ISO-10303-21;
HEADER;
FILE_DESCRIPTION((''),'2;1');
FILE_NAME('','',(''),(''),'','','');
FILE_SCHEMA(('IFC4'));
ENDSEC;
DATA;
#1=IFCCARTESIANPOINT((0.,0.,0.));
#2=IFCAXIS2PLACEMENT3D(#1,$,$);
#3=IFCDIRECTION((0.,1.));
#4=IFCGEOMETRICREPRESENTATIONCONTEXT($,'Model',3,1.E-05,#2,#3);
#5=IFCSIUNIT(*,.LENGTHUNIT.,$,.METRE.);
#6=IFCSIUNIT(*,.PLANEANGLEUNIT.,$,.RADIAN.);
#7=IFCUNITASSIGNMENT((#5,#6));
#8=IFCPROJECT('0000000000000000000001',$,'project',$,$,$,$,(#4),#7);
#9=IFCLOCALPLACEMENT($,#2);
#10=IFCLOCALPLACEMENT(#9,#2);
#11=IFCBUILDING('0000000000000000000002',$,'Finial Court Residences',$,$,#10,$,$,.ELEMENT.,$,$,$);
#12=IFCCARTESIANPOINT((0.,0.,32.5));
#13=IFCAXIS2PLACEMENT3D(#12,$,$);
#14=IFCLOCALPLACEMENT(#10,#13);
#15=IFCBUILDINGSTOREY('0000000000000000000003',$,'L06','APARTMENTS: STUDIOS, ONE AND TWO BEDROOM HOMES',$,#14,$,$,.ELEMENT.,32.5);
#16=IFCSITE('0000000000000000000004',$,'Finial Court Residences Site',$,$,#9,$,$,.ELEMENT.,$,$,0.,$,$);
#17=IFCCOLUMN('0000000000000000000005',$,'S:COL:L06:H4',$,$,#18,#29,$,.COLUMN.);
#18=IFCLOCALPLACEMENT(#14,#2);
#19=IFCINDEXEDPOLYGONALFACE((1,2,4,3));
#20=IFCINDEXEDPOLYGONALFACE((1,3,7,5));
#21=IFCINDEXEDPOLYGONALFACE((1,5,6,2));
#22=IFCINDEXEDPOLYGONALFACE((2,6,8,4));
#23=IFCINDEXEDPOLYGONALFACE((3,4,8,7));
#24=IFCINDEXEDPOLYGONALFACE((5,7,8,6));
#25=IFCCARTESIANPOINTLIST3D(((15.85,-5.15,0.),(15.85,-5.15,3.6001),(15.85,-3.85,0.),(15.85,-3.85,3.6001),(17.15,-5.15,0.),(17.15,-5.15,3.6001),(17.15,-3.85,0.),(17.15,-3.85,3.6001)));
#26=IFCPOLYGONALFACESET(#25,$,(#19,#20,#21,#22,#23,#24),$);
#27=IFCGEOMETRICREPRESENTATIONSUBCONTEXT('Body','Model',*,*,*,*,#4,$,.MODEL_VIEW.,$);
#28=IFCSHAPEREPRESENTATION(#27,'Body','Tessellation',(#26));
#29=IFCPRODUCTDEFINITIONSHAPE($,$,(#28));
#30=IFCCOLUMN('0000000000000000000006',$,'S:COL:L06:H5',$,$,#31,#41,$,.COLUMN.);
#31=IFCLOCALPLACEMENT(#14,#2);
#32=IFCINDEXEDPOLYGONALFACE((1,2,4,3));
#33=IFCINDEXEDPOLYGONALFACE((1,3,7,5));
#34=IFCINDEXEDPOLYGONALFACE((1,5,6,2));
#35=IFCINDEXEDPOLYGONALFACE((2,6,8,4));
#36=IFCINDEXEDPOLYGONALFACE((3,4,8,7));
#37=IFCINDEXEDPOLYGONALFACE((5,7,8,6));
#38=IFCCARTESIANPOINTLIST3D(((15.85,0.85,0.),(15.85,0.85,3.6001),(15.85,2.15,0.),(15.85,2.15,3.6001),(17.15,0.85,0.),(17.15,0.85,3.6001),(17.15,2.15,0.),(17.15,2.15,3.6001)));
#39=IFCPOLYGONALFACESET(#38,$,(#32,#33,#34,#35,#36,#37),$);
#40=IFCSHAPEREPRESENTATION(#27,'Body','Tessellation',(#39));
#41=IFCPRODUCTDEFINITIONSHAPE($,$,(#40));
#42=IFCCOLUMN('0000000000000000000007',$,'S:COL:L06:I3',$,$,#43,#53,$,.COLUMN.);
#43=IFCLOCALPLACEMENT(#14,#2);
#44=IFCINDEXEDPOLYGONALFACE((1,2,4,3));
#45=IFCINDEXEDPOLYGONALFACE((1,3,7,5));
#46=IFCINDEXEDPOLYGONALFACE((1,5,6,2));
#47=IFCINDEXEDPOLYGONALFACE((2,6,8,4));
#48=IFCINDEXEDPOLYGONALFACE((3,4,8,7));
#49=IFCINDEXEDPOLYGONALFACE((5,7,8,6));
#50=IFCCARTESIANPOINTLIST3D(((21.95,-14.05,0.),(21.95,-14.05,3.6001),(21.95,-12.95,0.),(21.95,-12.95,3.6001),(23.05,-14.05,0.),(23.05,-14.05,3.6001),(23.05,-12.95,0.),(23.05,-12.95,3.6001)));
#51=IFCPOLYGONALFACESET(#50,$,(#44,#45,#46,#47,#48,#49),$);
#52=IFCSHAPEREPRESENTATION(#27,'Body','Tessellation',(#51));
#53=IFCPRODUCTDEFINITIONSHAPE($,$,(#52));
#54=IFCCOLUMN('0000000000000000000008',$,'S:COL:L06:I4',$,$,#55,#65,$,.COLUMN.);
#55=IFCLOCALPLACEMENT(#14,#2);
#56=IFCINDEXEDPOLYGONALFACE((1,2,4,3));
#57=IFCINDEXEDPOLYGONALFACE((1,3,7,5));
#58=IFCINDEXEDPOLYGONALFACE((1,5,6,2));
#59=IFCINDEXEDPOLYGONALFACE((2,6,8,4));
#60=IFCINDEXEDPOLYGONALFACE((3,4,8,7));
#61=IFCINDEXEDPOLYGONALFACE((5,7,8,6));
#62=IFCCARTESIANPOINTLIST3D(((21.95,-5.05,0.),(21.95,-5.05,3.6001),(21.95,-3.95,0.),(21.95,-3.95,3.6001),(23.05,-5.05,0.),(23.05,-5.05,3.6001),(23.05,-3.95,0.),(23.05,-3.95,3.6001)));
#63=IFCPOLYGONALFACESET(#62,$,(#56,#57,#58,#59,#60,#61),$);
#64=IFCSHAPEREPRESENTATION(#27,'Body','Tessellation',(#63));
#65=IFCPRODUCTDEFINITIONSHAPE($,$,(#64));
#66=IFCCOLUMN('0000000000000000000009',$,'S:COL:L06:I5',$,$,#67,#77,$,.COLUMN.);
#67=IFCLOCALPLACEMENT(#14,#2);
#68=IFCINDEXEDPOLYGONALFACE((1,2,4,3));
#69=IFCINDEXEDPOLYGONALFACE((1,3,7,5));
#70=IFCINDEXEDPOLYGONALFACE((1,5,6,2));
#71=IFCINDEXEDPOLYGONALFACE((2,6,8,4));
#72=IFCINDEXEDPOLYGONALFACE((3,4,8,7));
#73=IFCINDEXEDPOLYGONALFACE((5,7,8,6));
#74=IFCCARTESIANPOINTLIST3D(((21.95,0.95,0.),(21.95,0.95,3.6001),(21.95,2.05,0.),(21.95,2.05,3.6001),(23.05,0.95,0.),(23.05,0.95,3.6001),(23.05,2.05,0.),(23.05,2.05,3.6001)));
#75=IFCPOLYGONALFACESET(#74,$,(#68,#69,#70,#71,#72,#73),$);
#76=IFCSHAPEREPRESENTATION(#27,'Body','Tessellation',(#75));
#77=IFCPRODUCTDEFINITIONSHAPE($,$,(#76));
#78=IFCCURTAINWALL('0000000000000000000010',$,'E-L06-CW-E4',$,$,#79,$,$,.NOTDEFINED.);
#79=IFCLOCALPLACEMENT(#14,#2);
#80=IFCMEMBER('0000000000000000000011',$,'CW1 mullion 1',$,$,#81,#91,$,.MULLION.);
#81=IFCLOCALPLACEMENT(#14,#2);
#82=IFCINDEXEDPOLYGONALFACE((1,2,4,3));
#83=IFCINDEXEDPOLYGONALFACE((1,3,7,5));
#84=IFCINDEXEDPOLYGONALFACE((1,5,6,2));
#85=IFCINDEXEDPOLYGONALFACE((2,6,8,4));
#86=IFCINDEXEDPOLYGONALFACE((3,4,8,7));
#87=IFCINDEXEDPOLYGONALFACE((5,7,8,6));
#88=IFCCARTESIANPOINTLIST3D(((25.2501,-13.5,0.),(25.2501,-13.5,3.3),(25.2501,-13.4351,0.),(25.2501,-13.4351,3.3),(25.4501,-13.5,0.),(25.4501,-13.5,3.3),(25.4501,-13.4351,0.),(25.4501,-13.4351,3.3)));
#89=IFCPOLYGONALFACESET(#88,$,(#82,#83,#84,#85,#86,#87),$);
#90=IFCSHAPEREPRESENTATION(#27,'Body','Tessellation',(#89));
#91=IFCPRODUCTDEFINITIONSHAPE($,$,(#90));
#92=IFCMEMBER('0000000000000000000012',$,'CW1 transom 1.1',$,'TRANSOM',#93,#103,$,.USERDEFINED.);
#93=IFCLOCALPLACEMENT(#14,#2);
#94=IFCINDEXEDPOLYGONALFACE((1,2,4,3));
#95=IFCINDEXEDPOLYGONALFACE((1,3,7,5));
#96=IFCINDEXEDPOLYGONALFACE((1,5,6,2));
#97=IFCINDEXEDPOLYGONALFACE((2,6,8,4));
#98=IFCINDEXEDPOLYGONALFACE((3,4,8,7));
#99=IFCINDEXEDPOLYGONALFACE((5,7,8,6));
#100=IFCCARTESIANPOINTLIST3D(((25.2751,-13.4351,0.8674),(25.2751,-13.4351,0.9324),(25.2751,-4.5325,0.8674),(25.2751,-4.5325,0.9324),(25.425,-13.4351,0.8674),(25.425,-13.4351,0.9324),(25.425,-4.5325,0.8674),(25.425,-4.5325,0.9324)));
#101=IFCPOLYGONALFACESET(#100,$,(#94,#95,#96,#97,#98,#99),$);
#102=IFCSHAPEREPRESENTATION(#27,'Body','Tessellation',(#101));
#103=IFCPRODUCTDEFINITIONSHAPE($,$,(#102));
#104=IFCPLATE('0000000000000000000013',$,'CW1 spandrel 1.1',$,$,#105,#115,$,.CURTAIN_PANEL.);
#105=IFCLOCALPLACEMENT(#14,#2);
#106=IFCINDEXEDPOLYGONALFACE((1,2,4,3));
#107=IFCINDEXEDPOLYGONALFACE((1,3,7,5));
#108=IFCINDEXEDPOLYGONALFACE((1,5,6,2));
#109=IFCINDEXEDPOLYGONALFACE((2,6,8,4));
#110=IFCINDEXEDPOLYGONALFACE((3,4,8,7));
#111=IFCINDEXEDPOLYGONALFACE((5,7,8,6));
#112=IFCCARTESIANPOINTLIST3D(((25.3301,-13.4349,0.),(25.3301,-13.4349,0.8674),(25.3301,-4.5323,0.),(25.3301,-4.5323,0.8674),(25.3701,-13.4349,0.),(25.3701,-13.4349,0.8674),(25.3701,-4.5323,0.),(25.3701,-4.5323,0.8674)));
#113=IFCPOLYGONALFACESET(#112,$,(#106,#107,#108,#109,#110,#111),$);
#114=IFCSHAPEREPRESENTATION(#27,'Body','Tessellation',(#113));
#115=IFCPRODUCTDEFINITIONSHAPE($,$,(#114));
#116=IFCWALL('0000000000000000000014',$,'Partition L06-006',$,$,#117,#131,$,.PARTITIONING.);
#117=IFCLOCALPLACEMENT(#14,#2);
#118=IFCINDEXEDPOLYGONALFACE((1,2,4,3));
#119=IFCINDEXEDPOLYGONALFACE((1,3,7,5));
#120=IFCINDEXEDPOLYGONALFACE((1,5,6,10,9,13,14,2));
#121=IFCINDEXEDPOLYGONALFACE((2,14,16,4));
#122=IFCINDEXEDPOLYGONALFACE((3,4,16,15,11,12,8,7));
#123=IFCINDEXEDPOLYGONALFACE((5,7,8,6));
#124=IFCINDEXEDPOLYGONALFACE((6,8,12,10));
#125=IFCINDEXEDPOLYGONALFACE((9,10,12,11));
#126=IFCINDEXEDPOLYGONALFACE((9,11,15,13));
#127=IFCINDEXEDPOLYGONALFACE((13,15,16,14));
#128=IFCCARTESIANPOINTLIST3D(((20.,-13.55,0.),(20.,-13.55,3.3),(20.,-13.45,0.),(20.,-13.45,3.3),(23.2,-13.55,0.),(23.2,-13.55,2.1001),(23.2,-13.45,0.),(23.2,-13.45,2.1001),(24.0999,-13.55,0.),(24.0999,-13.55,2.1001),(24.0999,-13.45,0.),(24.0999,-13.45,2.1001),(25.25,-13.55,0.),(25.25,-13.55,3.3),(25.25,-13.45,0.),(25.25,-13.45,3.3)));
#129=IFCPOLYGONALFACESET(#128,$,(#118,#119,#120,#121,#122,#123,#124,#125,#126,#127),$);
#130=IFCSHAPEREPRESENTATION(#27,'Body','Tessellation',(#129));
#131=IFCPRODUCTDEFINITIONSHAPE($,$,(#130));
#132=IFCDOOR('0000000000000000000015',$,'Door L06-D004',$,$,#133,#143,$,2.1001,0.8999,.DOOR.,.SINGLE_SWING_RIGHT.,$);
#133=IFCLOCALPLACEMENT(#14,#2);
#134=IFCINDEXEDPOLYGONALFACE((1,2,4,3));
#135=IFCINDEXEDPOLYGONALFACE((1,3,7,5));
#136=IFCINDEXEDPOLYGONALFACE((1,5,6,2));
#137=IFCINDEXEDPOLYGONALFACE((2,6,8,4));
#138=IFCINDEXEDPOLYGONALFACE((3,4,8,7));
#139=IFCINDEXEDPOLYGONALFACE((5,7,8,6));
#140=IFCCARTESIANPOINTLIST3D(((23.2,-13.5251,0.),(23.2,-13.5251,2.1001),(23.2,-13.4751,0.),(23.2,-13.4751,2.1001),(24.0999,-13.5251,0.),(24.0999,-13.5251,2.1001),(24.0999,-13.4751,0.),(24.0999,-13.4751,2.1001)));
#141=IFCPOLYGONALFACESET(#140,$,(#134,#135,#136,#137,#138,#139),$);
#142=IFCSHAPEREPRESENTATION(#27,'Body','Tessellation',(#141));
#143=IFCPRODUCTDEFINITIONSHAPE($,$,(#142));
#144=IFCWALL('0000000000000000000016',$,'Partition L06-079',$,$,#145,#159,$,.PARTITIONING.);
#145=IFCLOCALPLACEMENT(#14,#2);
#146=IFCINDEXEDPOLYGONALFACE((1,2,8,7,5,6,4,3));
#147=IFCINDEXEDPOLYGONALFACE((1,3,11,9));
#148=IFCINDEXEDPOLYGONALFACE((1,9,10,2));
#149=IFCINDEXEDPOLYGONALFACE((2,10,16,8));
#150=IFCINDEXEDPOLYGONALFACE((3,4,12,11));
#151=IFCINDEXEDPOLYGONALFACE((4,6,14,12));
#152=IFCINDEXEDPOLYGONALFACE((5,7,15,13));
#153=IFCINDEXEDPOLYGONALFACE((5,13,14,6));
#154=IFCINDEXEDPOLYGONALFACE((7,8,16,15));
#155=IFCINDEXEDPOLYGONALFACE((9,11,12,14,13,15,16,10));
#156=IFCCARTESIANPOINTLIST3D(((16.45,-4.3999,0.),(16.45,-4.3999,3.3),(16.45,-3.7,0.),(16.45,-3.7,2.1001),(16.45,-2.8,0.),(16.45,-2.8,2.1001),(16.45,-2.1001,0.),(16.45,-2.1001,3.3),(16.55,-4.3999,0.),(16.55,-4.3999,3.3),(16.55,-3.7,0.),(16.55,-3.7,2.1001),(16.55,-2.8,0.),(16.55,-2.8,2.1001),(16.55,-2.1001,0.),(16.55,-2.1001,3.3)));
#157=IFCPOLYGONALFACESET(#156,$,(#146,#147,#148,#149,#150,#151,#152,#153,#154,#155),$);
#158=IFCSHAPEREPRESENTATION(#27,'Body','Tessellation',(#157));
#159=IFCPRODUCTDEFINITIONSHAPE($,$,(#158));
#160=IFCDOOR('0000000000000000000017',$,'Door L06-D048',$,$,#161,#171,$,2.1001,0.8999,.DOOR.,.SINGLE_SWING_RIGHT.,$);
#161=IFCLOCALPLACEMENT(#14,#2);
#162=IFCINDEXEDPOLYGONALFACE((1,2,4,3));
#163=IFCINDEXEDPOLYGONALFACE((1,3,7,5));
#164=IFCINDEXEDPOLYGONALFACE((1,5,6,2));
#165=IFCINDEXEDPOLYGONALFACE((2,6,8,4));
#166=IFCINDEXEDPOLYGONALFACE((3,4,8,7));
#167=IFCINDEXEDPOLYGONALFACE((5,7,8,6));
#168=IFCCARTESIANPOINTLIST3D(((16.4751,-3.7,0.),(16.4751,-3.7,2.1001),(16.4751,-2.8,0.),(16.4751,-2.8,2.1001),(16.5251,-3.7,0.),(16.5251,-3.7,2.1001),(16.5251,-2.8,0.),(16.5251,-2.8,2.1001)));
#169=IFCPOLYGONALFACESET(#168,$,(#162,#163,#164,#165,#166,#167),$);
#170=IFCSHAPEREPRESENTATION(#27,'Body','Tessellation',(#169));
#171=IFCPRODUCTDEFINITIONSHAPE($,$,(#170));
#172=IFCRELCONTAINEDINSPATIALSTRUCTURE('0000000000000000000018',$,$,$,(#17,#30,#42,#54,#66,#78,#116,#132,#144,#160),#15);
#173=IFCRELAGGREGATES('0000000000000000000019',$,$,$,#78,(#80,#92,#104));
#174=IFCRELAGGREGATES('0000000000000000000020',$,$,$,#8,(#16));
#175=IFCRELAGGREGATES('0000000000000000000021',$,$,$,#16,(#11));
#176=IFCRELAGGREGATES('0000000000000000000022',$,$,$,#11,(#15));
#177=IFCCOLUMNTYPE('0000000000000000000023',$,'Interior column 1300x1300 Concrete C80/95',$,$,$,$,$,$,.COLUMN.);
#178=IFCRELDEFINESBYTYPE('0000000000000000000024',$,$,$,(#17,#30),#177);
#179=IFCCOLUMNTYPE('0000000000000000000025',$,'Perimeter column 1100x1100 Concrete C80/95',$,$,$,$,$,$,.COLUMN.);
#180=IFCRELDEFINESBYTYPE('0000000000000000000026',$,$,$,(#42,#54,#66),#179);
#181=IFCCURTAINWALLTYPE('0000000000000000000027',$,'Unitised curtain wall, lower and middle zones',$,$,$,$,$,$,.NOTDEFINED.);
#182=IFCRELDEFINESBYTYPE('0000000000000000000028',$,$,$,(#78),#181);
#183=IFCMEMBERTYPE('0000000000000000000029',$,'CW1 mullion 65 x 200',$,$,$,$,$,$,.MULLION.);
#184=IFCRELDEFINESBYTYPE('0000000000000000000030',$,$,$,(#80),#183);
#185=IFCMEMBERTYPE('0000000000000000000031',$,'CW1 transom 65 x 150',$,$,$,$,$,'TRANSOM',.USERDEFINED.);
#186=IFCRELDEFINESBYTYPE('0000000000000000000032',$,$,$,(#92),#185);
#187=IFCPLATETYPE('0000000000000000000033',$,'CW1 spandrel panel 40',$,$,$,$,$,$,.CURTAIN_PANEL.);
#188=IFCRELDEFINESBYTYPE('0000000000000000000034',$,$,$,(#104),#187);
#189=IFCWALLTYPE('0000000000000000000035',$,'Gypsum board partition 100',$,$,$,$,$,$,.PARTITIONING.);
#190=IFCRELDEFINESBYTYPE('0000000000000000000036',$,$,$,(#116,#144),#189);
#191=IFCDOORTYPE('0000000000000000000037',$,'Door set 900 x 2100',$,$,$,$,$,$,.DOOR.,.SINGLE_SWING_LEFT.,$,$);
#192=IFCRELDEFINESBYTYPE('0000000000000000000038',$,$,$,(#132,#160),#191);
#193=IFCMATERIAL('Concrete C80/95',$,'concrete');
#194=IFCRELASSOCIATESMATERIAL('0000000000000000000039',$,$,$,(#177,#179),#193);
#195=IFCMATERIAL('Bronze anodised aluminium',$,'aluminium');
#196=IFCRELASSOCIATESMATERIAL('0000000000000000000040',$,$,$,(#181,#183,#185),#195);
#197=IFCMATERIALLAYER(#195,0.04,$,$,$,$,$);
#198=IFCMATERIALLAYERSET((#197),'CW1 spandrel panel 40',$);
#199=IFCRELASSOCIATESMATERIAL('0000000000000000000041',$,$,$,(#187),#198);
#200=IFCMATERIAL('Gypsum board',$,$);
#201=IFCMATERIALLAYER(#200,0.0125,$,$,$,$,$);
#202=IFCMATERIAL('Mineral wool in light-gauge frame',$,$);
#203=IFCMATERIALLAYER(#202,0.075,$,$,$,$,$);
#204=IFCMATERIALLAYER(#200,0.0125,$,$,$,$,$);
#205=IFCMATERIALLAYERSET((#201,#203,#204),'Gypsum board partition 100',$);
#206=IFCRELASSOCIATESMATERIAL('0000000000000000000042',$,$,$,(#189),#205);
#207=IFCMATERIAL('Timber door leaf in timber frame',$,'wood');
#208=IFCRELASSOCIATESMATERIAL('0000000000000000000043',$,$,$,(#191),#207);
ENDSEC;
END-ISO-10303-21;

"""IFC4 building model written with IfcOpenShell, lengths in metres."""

from ifc_helpers import new_model, si_unit, direction, frame, frame_2d, origin, origin_2d, place, context, subcontext, project, spatial, rectangle, extrude, material, layer, layer_set, material_profile, profile_set, type_object, element, fill, aggregate, save


model = new_model("IFC4")

# Units and contexts
model_context = context("Model", 3, precision=1e-05, world=origin(), true_north=direction((0.0, 1.0)))
body_context = subcontext(model_context, "Body", "Model", "MODEL_VIEW")
ifc_project = project(units=[si_unit("LENGTHUNIT", "METRE"), si_unit("PLANEANGLEUNIT", "RADIAN")], contexts=[model_context])

# Site, building, storey
site_placement = place(None, origin())
site = spatial("IfcSite", under=ifc_project, at=site_placement, Name="Finial Court Residences Site", CompositionType="ELEMENT", RefElevation=0.0)
building_placement = place(site_placement, origin())
building = spatial("IfcBuilding", under=site, at=building_placement, Name="Finial Court Residences", CompositionType="ELEMENT")
storey_placement = place(building_placement, frame((0.0, 0.0, 32.5)))
storey = spatial("IfcBuildingStorey", under=building, at=storey_placement, Name="L06", Description="APARTMENTS: STUDIOS, ONE AND TWO BEDROOM HOMES", CompositionType="ELEMENT", Elevation=32.5)

# Columns
ifc_material_1 = material(Name="Concrete C80/95", Category="concrete")
ifc_material_profile_1 = material_profile(ifc_material_1, rectangle(XDim=1.3, YDim=1.3, at=origin_2d()), Name="1300x1300")
ifc_profile_set_1 = profile_set([ifc_material_profile_1], Name="Concrete C80/95")
column_type_1 = type_object("IfcColumnType", Name="Interior column 1300x1300 Concrete C80/95", PredefinedType="COLUMN", material=ifc_profile_set_1)
for number, where, z_axis, x_axis, name in (
    (1, (16.5, -4.5, 0.0), (0.0, 0.0, 1.0), (1.0, 0.0, 0.0), "S:COL:L06:H4"),
    (2, (16.5, 1.5, 0.0), (0.0, 0.0, 1.0), (1.0, 0.0, 0.0), "S:COL:L06:H5"),
):
    element("IfcColumn", number, at=place(storey_placement, frame(where, z_axis=z_axis, x_axis=x_axis)), inside=storey, type_object=column_type_1, Name=name, PredefinedType="COLUMN", context=body_context, shape_type="SweptSolid", body=[
        extrude(rectangle(XDim=1.3, YDim=1.3, at=origin_2d()), origin(), (0.0, 0.0, 1.0), 3.6001),
    ])
ifc_material_profile_2 = material_profile(ifc_material_1, rectangle(XDim=1.1001, YDim=1.1001, at=origin_2d()), Name="1100x1100")
ifc_profile_set_2 = profile_set([ifc_material_profile_2], Name="Concrete C80/95")
column_type_2 = type_object("IfcColumnType", Name="Perimeter column 1100x1100 Concrete C80/95", PredefinedType="COLUMN", material=ifc_profile_set_2)
for number, where, z_axis, x_axis, name in (
    (3, (22.5, -13.5, 0.0), (0.0, 0.0, 1.0), (1.0, 0.0, 0.0), "S:COL:L06:I3"),
    (4, (22.5, -4.5, 0.0), (0.0, 0.0, 1.0), (1.0, 0.0, 0.0), "S:COL:L06:I4"),
    (5, (22.5, 1.5, 0.0), (0.0, 0.0, 1.0), (1.0, 0.0, 0.0), "S:COL:L06:I5"),
):
    element("IfcColumn", number, at=place(storey_placement, frame(where, z_axis=z_axis, x_axis=x_axis)), inside=storey, type_object=column_type_2, Name=name, PredefinedType="COLUMN", context=body_context, shape_type="SweptSolid", body=[
        extrude(rectangle(XDim=1.1001, YDim=1.1001, at=origin_2d()), origin(), (0.0, 0.0, 1.0), 3.6001),
    ])

# Curtain wall, members, plate
ifc_material_2 = material(Name="Bronze anodised aluminium", Category="aluminium")
curtain_wall_type = type_object("IfcCurtainWallType", Name="Unitised curtain wall, lower and middle zones", PredefinedType="NOTDEFINED", material=ifc_material_2)
curtain_wall_placement = place(storey_placement, origin())
curtain_wall = element("IfcCurtainWall", 6, at=curtain_wall_placement, inside=storey, type_object=curtain_wall_type, Name="E-L06-CW-E4", PredefinedType="NOTDEFINED")
ifc_material_profile_3 = material_profile(ifc_material_2, rectangle(XDim=0.2, YDim=0.0649, at=origin_2d()), Name="CW1 mullion 65 x 200")
ifc_profile_set_3 = profile_set([ifc_material_profile_3], Name="Bronze anodised aluminium")
member_type_1 = type_object("IfcMemberType", Name="CW1 mullion 65 x 200", PredefinedType="MULLION", material=ifc_profile_set_3)
member_1_placement = place(storey_placement, frame((25.3501, -13.4675, 0.0), z_axis=(0.0, 0.0, 1.0), x_axis=(-1.0, 0.0, 0.0)))
member_1 = element("IfcMember", 7, at=member_1_placement, type_object=member_type_1, Name="CW1 mullion 1", PredefinedType="MULLION", context=body_context, shape_type="SweptSolid", body=[
    extrude(rectangle(XDim=0.2, YDim=0.0649, at=origin_2d()), origin(), (0.0, 0.0, 1.0), 3.3),
])
ifc_material_profile_4 = material_profile(ifc_material_2, rectangle(XDim=0.1499, YDim=0.0649, at=origin_2d()), Name="CW1 transom 65 x 150")
ifc_profile_set_4 = profile_set([ifc_material_profile_4], Name="Bronze anodised aluminium")
member_type_2 = type_object("IfcMemberType", Name="CW1 transom 65 x 150", ElementType="TRANSOM", PredefinedType="USERDEFINED", material=ifc_profile_set_4)
member_2_placement = place(storey_placement, frame((25.3501, -13.4351, 0.8999), z_axis=(0.0, 1.0, 0.0), x_axis=(-1.0, 0.0, 0.0)))
member_2 = element("IfcMember", 8, at=member_2_placement, type_object=member_type_2, Name="CW1 transom 1.1", ObjectType="TRANSOM", PredefinedType="USERDEFINED", context=body_context, shape_type="SweptSolid", body=[
    extrude(rectangle(XDim=0.1499, YDim=0.0649, at=origin_2d()), origin(), (0.0, 0.0, 1.0), 8.9026),
])
ifc_layer_1 = layer(ifc_material_2, 0.04)
ifc_layer_set_1 = layer_set([ifc_layer_1], Name="CW1 spandrel panel 40")
plate_type = type_object("IfcPlateType", Name="CW1 spandrel panel 40", PredefinedType="CURTAIN_PANEL", material=ifc_layer_set_1)
plate_placement = place(storey_placement, frame((25.3501, -8.9836, 0.0), z_axis=(0.0, 0.0, 1.0), x_axis=(0.0, 1.0, 0.0)))
plate = element("IfcPlate", 9, at=plate_placement, type_object=plate_type, Name="CW1 spandrel 1.1", PredefinedType="CURTAIN_PANEL", context=body_context, shape_type="SweptSolid", body=[
    extrude(rectangle(XDim=8.9026, YDim=0.04, at=origin_2d()), origin(), (0.0, 0.0, 1.0), 0.8674),
])
aggregate(curtain_wall, [member_1, member_2, plate])

# Walls, openings, doors
ifc_material_3 = material(Name="Gypsum board")
ifc_layer_2 = layer(ifc_material_3, 0.0125)
ifc_material_4 = material(Name="Mineral wool in light-gauge frame")
ifc_layer_3 = layer(ifc_material_4, 0.075)
ifc_layer_4 = layer(ifc_material_3, 0.0125)
ifc_layer_set_2 = layer_set([ifc_layer_2, ifc_layer_3, ifc_layer_4], Name="Gypsum board partition 100")
wall_type_1 = type_object("IfcWallType", Name="Gypsum board partition 100", PredefinedType="PARTITIONING", material=ifc_layer_set_2)
wall_1_placement = place(storey_placement, frame((20.0, -13.5, 0.0), z_axis=(0.0, 0.0, 1.0), x_axis=(1.0, 0.0, 0.0)))
wall_1 = element("IfcWall", 10, at=wall_1_placement, inside=storey, type_object=wall_type_1, Name="Partition L06-006", PredefinedType="PARTITIONING", context=body_context, shape_type="SweptSolid", body=[
    extrude(rectangle(XDim=5.25, YDim=0.1001, at=frame_2d((2.625, 0.0))), origin(), (0.0, 0.0, 1.0), 3.3),
])
opening_1_placement = place(wall_1_placement, frame((3.2, 0.0, 0.0)))
opening_1 = element("IfcOpeningElement", 11, at=opening_1_placement, cuts=wall_1, PredefinedType="OPENING", context=body_context, shape_type="SweptSolid", body=[
    extrude(rectangle(XDim=0.8999, YDim=2.1001, at=frame_2d((0.45, 1.05))), frame((0.0, 0.0601, 0.0), z_axis=(0.0, -1.0, 0.0), x_axis=(1.0, 0.0, 0.0)), (0.0, 0.0, 1.0), 0.1201),
])
ifc_material_5 = material(Name="Timber door leaf in timber frame", Category="wood")
door_type = type_object("IfcDoorType", Name="Door set 900 x 2100", OperationType="SINGLE_SWING_LEFT", PredefinedType="DOOR", material=ifc_material_5)
door_1_placement = place(opening_1_placement, origin())
door_1 = element("IfcDoor", 12, at=door_1_placement, inside=storey, type_object=door_type, Name="Door L06-D004", OperationType="SINGLE_SWING_RIGHT", OverallHeight=2.1001, OverallWidth=0.8999, PredefinedType="DOOR", context=body_context, shape_type="SweptSolid", body=[
    extrude(rectangle(XDim=0.8999, YDim=2.1001, at=frame_2d((0.45, 1.05))), frame((0.0, 0.0249, 0.0), z_axis=(0.0, -1.0, 0.0), x_axis=(1.0, 0.0, 0.0)), (0.0, 0.0, 1.0), 0.05),
])
fill(opening_1, door_1)
wall_2_placement = place(storey_placement, frame((16.5, -4.3999, 0.0), z_axis=(0.0, 0.0, 1.0), x_axis=(0.0, 1.0, 0.0)))
wall_2 = element("IfcWall", 13, at=wall_2_placement, inside=storey, type_object=wall_type_1, Name="Partition L06-079", PredefinedType="PARTITIONING", context=body_context, shape_type="SweptSolid", body=[
    extrude(rectangle(XDim=2.2998, YDim=0.1001, at=frame_2d((1.1499, 0.0))), origin(), (0.0, 0.0, 1.0), 3.3),
])
opening_2_placement = place(wall_2_placement, frame((0.7, 0.0, 0.0)))
opening_2 = element("IfcOpeningElement", 14, at=opening_2_placement, cuts=wall_2, PredefinedType="OPENING", context=body_context, shape_type="SweptSolid", body=[
    extrude(rectangle(XDim=0.8999, YDim=2.1001, at=frame_2d((0.45, 1.05))), frame((0.0, 0.0601, 0.0), z_axis=(0.0, -1.0, 0.0), x_axis=(1.0, 0.0, 0.0)), (0.0, 0.0, 1.0), 0.1201),
])
door_2_placement = place(opening_2_placement, origin())
door_2 = element("IfcDoor", 15, at=door_2_placement, inside=storey, type_object=door_type, Name="Door L06-D048", OperationType="SINGLE_SWING_RIGHT", OverallHeight=2.1001, OverallWidth=0.8999, PredefinedType="DOOR", context=body_context, shape_type="SweptSolid", body=[
    extrude(rectangle(XDim=0.8999, YDim=2.1001, at=frame_2d((0.45, 1.05))), frame((0.0, 0.0249, 0.0), z_axis=(0.0, -1.0, 0.0), x_axis=(1.0, 0.0, 0.0)), (0.0, 0.0, 1.0), 0.05),
])
fill(opening_2, door_2)

save(model, "model.ifc")
